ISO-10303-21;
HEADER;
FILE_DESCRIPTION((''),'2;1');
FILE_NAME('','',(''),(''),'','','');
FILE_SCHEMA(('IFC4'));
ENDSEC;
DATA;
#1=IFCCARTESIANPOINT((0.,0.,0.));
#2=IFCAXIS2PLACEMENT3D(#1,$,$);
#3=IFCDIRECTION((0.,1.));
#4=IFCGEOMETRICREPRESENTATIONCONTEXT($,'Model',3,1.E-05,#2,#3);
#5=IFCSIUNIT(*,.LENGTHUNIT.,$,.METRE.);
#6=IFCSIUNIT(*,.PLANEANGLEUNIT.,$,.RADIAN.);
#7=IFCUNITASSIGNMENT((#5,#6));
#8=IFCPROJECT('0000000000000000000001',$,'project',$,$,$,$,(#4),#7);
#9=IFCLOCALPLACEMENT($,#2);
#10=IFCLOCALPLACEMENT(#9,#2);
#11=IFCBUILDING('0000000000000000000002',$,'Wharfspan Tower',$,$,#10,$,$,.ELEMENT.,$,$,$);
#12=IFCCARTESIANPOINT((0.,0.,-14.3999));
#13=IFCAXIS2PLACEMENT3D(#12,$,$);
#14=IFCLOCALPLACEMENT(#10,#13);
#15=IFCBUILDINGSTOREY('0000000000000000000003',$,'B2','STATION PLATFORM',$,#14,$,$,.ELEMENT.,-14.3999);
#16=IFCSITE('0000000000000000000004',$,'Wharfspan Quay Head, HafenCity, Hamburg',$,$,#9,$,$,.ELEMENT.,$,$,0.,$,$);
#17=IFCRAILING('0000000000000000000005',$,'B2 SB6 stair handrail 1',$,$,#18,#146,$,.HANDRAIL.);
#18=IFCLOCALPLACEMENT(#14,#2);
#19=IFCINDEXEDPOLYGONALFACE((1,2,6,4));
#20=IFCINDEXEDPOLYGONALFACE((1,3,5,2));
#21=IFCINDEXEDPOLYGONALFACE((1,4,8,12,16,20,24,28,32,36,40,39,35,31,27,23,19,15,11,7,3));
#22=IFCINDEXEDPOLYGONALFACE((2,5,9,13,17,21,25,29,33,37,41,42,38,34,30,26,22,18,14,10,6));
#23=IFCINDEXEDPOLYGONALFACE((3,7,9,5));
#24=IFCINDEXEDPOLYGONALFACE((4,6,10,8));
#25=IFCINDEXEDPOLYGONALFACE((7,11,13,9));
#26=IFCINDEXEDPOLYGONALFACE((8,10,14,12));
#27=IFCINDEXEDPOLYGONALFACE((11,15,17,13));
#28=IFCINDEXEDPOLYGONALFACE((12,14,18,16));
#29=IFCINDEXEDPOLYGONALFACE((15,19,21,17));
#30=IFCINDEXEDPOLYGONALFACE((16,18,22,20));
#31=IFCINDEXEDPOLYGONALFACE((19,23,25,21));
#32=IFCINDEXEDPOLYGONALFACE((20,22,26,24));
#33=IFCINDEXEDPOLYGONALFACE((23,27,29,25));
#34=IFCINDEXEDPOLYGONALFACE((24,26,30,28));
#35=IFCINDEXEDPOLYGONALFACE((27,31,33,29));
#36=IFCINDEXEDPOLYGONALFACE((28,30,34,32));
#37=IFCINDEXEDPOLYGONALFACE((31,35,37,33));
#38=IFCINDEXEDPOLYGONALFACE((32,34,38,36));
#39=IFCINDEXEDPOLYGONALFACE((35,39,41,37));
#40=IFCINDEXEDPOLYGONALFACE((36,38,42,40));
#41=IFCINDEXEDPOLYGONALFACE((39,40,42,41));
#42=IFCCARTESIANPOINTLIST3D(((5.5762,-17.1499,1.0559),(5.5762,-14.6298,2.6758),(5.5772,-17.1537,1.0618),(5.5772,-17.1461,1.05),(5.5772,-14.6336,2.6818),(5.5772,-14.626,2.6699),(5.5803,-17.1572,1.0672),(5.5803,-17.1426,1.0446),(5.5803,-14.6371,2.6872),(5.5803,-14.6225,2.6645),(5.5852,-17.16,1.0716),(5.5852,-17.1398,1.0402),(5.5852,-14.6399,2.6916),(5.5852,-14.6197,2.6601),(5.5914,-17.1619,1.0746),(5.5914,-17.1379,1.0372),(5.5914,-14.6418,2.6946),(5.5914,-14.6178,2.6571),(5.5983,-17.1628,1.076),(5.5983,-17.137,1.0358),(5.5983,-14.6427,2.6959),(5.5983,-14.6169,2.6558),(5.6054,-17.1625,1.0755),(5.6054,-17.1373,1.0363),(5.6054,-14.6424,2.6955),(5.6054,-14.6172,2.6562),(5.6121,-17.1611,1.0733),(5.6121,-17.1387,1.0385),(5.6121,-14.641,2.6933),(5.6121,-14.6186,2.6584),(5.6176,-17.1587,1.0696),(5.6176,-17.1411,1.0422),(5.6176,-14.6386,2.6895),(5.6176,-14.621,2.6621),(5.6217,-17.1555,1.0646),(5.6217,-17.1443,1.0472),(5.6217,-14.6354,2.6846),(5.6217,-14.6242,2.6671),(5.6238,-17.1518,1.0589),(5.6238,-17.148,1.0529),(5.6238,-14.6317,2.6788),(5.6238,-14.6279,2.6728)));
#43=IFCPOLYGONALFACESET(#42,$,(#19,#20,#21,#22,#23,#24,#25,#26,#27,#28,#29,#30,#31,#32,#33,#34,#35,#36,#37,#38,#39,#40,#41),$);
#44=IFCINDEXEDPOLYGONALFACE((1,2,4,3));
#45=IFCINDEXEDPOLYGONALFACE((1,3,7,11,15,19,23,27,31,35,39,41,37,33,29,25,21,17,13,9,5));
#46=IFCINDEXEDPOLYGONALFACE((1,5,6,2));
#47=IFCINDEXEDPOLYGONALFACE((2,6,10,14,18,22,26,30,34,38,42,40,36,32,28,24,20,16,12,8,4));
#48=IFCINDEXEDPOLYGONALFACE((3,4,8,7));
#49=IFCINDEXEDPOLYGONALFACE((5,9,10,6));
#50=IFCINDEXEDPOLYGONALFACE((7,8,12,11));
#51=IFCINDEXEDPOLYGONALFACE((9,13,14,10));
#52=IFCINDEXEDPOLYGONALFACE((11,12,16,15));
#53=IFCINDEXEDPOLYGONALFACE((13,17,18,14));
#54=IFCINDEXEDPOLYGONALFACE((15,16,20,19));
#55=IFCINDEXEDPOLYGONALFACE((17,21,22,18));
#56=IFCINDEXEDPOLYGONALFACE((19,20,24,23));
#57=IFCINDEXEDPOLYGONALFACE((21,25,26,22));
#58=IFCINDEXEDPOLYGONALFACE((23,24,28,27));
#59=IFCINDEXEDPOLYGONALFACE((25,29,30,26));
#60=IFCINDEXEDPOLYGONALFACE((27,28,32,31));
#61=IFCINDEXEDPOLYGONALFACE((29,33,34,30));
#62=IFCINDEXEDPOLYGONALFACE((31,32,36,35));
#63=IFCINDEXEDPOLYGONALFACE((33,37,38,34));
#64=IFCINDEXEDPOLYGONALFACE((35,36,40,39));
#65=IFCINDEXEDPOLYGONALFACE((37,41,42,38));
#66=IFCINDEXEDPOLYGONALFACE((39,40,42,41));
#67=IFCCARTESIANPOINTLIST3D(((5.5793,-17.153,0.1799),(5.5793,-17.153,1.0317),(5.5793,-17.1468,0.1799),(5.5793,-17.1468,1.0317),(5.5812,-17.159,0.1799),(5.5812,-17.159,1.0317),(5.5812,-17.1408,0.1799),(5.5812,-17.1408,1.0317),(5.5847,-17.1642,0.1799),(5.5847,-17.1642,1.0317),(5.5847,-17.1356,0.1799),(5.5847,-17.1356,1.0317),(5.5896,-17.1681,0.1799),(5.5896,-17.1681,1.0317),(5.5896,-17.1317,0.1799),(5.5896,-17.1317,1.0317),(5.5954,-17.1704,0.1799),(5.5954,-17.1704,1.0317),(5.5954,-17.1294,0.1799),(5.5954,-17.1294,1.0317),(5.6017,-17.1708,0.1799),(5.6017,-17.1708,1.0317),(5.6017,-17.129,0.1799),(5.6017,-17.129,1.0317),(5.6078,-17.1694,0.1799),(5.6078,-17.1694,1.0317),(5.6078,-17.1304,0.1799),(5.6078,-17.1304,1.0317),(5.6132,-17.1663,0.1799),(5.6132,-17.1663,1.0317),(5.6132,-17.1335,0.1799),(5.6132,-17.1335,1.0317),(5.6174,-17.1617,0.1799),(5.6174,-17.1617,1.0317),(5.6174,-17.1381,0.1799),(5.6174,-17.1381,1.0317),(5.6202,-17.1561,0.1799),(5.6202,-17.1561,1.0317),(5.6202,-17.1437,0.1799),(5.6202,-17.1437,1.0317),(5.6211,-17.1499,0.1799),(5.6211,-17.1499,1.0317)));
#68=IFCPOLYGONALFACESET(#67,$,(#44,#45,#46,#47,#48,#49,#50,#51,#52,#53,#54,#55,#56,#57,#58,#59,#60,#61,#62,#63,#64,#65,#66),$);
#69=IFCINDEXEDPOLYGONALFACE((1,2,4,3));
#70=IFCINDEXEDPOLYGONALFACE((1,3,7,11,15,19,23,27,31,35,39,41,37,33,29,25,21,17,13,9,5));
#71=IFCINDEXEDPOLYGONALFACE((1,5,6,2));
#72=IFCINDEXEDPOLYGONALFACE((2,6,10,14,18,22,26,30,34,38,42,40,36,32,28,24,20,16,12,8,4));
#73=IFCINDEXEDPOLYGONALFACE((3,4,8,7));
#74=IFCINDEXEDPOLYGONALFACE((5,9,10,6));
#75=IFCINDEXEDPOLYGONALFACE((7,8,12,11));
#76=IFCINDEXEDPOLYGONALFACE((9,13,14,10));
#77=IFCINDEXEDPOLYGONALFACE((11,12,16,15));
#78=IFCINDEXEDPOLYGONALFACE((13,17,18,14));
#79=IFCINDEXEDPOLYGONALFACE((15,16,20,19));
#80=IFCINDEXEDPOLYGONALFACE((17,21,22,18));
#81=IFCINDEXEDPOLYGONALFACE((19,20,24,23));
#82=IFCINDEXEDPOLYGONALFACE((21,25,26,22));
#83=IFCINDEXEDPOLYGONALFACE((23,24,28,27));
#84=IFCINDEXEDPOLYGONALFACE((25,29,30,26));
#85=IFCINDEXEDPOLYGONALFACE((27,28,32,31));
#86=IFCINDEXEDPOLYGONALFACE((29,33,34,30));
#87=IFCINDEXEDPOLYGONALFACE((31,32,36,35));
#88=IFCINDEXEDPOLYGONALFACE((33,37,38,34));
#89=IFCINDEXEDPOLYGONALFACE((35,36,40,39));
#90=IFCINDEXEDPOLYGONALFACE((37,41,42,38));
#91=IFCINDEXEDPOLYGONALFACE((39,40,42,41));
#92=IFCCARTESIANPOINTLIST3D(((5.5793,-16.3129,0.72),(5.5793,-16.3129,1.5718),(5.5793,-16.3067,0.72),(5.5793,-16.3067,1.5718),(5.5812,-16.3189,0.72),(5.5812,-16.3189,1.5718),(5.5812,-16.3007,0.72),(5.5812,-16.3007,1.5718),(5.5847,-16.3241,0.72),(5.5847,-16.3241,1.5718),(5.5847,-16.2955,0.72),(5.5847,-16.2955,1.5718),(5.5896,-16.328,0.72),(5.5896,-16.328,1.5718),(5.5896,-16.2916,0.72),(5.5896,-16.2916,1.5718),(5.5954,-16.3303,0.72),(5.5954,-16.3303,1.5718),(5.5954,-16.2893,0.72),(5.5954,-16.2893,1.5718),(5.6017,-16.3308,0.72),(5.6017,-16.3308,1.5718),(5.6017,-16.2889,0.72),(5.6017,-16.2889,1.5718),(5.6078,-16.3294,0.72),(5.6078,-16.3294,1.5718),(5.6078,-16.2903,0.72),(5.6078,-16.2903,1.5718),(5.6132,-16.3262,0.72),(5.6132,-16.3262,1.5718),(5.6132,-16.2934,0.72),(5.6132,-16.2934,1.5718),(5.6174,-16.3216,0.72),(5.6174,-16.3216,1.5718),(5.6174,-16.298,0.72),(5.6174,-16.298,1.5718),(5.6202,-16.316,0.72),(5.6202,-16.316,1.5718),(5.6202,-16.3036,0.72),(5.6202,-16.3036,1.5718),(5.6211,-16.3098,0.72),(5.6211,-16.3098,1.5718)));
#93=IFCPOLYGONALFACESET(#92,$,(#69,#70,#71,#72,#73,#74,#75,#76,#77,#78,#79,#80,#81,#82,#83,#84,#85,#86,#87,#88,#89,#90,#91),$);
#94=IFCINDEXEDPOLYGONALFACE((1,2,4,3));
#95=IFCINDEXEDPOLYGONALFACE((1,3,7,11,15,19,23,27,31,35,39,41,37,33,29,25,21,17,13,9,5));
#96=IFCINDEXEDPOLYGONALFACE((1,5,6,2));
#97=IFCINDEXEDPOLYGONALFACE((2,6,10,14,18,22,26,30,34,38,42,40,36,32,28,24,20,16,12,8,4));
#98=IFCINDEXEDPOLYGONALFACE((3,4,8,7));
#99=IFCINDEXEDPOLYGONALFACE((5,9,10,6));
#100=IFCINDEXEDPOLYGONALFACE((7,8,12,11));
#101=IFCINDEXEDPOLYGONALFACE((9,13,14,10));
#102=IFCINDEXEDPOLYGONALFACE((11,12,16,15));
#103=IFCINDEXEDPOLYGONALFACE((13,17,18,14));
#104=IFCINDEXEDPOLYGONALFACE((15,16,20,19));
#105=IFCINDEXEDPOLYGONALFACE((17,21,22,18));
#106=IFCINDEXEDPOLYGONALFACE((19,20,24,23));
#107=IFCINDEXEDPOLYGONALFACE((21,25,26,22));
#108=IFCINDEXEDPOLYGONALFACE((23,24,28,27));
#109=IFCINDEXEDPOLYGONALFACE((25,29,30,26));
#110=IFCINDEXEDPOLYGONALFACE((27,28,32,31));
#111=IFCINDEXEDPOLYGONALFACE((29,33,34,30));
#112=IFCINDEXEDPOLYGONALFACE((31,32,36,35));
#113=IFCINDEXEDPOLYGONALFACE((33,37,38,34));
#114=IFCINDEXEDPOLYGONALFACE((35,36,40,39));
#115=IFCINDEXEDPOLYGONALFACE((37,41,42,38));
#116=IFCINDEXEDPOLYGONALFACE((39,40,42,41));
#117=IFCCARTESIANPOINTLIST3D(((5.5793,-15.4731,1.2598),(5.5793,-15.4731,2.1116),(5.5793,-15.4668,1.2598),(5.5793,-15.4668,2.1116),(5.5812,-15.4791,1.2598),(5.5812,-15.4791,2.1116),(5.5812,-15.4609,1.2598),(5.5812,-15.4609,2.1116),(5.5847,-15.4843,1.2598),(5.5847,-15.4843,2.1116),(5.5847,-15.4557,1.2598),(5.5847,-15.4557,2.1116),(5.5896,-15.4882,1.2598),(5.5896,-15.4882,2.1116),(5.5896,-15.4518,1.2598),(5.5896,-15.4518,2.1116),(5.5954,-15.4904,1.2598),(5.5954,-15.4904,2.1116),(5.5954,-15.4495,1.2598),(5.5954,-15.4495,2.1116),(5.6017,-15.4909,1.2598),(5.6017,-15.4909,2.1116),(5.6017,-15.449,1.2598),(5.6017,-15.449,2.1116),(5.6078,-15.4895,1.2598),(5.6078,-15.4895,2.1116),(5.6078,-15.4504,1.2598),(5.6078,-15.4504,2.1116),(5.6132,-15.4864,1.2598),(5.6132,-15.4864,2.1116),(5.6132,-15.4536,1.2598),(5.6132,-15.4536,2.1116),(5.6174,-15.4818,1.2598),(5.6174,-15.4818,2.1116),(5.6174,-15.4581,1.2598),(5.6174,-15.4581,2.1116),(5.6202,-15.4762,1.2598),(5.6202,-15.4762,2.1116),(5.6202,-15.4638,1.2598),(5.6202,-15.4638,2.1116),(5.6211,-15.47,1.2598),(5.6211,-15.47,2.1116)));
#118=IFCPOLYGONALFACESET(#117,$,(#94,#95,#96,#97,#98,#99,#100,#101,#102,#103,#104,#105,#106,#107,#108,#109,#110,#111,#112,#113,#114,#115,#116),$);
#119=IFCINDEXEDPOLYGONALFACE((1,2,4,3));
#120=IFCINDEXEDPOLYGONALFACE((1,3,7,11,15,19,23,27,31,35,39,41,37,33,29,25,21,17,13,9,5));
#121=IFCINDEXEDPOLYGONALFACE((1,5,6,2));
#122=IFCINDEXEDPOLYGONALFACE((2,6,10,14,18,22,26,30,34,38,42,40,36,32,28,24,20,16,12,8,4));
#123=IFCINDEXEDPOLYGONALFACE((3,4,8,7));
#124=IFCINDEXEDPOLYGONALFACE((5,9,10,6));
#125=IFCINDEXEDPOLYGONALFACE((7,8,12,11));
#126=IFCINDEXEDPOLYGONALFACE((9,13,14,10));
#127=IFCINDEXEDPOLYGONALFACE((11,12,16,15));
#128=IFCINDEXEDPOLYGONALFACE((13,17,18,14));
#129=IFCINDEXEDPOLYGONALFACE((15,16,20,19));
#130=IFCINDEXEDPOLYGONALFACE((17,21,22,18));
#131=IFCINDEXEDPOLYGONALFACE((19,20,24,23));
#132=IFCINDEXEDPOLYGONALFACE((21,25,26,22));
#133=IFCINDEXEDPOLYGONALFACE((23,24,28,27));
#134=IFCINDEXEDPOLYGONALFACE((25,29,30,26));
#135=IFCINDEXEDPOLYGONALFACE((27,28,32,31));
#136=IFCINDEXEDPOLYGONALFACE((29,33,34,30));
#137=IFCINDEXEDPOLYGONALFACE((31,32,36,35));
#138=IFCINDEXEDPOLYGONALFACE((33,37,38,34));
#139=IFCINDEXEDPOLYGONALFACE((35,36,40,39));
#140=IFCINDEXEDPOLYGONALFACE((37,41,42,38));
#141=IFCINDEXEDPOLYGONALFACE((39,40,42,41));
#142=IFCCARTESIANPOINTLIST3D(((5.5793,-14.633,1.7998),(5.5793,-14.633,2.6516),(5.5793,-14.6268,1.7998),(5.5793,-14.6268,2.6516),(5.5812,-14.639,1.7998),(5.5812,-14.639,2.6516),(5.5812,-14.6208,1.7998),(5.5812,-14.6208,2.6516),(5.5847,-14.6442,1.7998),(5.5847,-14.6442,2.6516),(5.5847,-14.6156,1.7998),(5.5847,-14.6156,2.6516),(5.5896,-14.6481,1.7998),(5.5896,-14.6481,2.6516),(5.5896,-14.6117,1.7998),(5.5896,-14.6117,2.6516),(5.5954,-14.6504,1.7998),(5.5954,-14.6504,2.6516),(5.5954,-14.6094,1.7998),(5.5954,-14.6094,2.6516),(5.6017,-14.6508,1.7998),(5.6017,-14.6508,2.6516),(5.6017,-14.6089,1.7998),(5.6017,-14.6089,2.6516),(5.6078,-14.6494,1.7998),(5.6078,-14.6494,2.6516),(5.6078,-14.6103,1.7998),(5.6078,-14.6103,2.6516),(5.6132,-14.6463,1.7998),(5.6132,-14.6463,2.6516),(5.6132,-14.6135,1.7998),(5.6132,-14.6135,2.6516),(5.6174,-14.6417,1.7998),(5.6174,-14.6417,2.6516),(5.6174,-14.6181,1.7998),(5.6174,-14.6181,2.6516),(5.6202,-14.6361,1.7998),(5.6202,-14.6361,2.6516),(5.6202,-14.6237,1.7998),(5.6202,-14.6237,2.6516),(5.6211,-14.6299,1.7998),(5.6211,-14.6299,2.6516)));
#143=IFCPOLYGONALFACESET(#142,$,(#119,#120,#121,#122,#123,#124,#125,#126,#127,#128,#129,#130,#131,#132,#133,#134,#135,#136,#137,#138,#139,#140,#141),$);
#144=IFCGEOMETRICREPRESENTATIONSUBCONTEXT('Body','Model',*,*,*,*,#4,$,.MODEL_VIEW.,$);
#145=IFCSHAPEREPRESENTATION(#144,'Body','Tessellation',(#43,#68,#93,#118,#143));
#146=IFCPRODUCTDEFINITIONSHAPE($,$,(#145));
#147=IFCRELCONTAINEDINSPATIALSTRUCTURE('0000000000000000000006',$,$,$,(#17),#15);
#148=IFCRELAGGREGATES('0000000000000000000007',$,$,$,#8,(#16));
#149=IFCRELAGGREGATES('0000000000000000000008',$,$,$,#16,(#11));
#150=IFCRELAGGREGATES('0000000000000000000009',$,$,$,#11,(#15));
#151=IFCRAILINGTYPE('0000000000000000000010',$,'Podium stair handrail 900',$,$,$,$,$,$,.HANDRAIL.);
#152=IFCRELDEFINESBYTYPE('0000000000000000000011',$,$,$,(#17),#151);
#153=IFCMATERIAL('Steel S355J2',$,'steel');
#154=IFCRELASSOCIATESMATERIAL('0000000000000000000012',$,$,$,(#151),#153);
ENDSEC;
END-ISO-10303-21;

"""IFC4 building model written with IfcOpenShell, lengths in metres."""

from ifc_helpers import new_model, si_unit, direction, frame, origin, origin_2d, place, context, subcontext, project, spatial, circle, extrude, material, type_object, element, save


model = new_model("IFC4")

# Units and contexts
model_context = context("Model", 3, precision=1e-05, world=origin(), true_north=direction((0.0, 1.0)))
body_context = subcontext(model_context, "Body", "Model", "MODEL_VIEW")
ifc_project = project(units=[si_unit("LENGTHUNIT", "METRE"), si_unit("PLANEANGLEUNIT", "RADIAN")], contexts=[model_context])

# Site, building, storey
site_placement = place(None, origin())
site = spatial("IfcSite", under=ifc_project, at=site_placement, Name="Wharfspan Quay Head, HafenCity, Hamburg", CompositionType="ELEMENT", RefElevation=0.0)
building_placement = place(site_placement, origin())
building = spatial("IfcBuilding", under=site, at=building_placement, Name="Wharfspan Tower", CompositionType="ELEMENT")
storey_placement = place(building_placement, frame((0.0, 0.0, -14.3999)))
storey = spatial("IfcBuildingStorey", under=building, at=storey_placement, Name="B2", Description="STATION PLATFORM", CompositionType="ELEMENT", Elevation=-14.3999)

# Railing
ifc_material_1 = material(Name="Steel S355J2", Category="steel")
railing_type_1 = type_object("IfcRailingType", Name="Podium stair handrail 900", PredefinedType="HANDRAIL", material=ifc_material_1)
railing_1_placement = place(storey_placement, frame((5.6001, -17.1499, 0.1799)))
element("IfcRailing", 1, at=railing_1_placement, inside=storey, type_object=railing_type_1, Name="B2 SB6 stair handrail 1", PredefinedType="HANDRAIL", context=body_context, shape_type="SweptSolid", body=[
    extrude(circle(Radius=0.0239, at=origin_2d()), frame((0.0, 0.0, 0.876), z_axis=(0.0, 0.8412, 0.540725), x_axis=(-1.0, 0.0, 0.0)), (0.0, 0.0, 1.0), 2.9958),
    extrude(circle(Radius=0.021, at=origin_2d()), origin(), (0.0, 0.0, 1.0), 0.8518),
    extrude(circle(Radius=0.021, at=origin_2d()), frame((0.0, 0.8401, 0.54)), (0.0, 0.0, 1.0), 0.8518),
    extrude(circle(Radius=0.021, at=origin_2d()), frame((0.0, 1.6799, 1.0798)), (0.0, 0.0, 1.0), 0.8518),
    extrude(circle(Radius=0.021, at=origin_2d()), frame((0.0, 2.52, 1.6199)), (0.0, 0.0, 1.0), 0.8518),
])

save(model, "model.ifc")
